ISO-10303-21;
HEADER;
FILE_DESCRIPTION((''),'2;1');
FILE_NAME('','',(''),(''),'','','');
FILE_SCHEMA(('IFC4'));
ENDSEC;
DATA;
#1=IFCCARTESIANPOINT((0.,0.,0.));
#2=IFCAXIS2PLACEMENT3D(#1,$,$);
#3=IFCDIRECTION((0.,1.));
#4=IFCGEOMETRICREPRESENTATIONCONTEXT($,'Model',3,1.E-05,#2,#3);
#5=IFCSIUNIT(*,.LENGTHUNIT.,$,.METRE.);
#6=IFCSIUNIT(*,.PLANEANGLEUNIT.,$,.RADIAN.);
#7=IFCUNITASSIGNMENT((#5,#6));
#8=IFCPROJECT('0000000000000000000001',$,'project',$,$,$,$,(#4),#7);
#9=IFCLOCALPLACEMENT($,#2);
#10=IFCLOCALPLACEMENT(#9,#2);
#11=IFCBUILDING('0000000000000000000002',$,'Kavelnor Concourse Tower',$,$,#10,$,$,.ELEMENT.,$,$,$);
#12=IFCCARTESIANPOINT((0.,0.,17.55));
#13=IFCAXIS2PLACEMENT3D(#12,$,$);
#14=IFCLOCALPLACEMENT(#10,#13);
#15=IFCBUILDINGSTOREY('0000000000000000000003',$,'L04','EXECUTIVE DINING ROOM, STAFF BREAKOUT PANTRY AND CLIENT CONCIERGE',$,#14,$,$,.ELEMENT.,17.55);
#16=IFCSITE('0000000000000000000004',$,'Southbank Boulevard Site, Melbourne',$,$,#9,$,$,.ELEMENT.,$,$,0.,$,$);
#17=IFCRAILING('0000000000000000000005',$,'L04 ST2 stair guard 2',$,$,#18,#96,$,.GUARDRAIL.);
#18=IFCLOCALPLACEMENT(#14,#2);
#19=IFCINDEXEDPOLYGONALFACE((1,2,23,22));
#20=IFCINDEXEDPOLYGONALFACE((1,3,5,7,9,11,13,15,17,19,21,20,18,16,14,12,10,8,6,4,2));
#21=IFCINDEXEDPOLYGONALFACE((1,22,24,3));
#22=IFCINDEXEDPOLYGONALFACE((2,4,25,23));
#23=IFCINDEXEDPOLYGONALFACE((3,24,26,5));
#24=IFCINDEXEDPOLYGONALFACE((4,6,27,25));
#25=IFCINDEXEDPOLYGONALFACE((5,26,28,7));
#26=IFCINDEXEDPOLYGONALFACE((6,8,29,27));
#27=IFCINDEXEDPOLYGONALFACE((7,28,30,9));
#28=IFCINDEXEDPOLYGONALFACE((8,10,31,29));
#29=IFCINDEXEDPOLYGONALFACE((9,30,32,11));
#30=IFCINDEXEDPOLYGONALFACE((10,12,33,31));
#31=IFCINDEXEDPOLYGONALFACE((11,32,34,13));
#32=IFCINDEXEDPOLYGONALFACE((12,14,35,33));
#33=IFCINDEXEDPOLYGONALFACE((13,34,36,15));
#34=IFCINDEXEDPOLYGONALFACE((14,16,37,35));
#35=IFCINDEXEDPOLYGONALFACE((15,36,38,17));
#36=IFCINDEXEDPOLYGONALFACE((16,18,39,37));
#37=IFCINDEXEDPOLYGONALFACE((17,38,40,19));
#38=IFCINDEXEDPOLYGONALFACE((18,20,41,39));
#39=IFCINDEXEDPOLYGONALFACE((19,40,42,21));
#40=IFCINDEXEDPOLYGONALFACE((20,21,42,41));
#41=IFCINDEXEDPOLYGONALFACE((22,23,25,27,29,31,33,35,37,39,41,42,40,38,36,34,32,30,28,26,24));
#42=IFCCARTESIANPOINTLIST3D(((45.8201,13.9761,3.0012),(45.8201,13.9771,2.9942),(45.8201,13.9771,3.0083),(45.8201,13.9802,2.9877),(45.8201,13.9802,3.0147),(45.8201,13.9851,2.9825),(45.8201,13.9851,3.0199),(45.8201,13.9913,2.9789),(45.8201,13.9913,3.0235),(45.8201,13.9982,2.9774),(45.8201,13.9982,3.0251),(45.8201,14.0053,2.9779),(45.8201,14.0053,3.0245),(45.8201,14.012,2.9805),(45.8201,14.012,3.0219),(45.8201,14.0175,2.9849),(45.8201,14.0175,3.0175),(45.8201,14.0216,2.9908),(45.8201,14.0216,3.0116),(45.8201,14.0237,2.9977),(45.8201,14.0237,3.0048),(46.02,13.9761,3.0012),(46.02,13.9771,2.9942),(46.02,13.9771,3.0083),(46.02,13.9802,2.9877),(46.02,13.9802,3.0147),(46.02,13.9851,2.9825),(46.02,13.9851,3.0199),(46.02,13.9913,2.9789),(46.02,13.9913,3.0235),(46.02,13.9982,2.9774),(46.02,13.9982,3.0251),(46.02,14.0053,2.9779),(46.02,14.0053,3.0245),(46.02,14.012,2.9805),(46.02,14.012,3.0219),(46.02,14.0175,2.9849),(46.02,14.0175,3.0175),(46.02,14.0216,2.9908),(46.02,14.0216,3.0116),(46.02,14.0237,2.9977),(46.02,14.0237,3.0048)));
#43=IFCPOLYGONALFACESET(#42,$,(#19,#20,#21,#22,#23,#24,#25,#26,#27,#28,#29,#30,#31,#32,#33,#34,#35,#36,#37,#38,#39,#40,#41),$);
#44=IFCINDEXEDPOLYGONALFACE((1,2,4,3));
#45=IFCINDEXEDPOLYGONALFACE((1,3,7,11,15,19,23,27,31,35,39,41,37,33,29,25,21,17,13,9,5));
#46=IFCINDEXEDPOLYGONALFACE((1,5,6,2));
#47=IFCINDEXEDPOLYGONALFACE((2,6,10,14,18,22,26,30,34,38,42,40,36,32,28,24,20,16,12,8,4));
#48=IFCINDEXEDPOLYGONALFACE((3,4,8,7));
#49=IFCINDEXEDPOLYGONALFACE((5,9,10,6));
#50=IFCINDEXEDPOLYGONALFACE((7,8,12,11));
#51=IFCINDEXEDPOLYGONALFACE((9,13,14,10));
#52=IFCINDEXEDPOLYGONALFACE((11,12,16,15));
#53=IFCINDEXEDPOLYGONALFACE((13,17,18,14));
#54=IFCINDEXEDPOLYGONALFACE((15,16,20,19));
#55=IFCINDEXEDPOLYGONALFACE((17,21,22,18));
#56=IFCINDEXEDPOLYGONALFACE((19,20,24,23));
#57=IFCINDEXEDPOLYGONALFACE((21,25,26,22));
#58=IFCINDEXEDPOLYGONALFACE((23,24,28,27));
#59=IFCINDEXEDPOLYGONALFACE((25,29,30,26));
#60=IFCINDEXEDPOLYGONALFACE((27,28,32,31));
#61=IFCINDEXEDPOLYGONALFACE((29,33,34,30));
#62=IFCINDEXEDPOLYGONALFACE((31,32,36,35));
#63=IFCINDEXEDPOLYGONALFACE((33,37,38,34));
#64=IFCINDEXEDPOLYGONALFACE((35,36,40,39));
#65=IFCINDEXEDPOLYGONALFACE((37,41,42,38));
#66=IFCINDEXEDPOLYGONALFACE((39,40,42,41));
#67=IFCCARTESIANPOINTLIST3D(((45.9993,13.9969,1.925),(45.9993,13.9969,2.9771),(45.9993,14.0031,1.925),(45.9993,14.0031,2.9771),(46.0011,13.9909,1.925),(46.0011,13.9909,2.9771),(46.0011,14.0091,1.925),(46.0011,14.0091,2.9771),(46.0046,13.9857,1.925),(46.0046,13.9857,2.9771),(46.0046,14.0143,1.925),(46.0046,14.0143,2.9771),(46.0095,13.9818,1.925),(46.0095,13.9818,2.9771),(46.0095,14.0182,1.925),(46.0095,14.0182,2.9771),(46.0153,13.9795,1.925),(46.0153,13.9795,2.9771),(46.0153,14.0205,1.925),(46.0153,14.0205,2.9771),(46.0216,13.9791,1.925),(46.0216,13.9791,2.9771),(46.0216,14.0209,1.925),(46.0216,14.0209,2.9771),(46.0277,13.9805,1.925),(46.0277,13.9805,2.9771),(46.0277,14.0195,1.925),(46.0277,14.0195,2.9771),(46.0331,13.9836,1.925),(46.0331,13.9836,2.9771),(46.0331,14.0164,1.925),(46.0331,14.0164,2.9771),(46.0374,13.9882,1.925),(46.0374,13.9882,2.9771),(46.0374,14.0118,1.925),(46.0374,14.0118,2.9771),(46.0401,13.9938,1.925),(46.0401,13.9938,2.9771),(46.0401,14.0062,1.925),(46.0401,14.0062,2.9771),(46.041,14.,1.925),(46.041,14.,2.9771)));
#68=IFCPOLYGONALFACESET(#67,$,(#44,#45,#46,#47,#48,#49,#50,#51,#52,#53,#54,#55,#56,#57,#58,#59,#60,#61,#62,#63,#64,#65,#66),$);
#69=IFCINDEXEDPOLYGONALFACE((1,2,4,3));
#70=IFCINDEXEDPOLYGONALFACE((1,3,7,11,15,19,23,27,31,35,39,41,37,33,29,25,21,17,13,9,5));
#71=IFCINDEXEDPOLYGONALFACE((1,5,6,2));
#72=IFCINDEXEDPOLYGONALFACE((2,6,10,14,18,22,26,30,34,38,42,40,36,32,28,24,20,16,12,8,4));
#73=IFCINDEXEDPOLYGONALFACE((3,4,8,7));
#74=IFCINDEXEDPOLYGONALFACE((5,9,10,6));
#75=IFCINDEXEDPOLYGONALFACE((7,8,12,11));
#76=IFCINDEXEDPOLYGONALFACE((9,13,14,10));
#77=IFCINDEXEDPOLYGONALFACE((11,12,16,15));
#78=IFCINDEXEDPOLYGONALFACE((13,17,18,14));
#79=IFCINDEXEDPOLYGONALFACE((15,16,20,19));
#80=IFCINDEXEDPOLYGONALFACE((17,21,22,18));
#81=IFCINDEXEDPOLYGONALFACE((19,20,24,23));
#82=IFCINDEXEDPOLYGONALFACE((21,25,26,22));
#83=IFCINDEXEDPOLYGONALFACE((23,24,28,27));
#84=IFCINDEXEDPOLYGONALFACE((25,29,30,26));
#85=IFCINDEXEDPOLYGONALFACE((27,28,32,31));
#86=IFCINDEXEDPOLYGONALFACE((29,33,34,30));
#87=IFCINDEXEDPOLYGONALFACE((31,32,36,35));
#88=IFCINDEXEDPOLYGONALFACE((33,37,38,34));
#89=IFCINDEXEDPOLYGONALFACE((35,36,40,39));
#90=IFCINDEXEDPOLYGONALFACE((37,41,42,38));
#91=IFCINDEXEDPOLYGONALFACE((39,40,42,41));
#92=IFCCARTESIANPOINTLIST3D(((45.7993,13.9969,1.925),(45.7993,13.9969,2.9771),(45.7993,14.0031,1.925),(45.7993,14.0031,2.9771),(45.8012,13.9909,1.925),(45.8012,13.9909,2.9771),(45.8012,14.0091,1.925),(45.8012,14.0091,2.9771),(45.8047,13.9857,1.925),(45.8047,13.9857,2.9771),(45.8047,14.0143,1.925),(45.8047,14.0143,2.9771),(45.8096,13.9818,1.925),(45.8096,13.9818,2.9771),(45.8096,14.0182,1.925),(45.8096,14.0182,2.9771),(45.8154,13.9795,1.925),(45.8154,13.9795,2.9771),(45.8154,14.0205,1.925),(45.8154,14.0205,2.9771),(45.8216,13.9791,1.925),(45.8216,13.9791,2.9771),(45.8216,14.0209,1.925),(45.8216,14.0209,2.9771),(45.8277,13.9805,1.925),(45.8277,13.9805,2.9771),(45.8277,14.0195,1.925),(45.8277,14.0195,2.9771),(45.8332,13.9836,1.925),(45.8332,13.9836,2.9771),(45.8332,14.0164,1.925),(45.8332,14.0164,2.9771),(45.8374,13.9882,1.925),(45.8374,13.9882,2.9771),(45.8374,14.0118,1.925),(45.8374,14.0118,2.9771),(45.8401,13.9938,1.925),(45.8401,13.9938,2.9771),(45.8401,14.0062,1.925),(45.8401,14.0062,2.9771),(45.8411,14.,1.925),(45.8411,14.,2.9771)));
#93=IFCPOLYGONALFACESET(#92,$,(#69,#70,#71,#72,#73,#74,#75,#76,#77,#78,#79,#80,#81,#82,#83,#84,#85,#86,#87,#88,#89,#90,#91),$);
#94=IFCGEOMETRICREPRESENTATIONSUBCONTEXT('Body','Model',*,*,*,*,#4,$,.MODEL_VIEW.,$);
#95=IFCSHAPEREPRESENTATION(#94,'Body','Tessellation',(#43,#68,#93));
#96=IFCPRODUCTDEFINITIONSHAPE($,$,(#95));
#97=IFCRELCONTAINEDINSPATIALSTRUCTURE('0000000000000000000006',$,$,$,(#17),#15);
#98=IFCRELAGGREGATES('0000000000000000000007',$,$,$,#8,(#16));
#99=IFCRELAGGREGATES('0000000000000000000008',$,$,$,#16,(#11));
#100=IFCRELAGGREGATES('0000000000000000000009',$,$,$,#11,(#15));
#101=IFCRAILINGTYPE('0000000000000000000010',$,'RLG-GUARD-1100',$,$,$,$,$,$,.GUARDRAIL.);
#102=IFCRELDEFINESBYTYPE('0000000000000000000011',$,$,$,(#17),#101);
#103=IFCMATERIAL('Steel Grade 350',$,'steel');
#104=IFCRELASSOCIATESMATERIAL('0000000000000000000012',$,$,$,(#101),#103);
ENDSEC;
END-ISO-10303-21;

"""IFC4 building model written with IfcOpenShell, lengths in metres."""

from ifc_helpers import new_model, si_unit, direction, frame, origin, origin_2d, place, context, subcontext, project, spatial, circle, extrude, material, type_object, element, save


model = new_model("IFC4")

# Units and contexts
model_context = context("Model", 3, precision=1e-05, world=origin(), true_north=direction((0.0, 1.0)))
body_context = subcontext(model_context, "Body", "Model", "MODEL_VIEW")
ifc_project = project(units=[si_unit("LENGTHUNIT", "METRE"), si_unit("PLANEANGLEUNIT", "RADIAN")], contexts=[model_context])

# Site, building, storey
site_placement = place(None, origin())
site = spatial("IfcSite", under=ifc_project, at=site_placement, Name="Southbank Boulevard Site, Melbourne", CompositionType="ELEMENT", RefElevation=0.0)
building_placement = place(site_placement, origin())
building = spatial("IfcBuilding", under=site, at=building_placement, Name="Kavelnor Concourse Tower", CompositionType="ELEMENT")
storey_placement = place(building_placement, frame((0.0, 0.0, 17.55)))
storey = spatial("IfcBuildingStorey", under=building, at=storey_placement, Name="L04", Description="EXECUTIVE DINING ROOM, STAFF BREAKOUT PANTRY AND CLIENT CONCIERGE", CompositionType="ELEMENT", Elevation=17.55)

# Shared definitions
ifc_material_1 = material(Name="Steel Grade 350", Category="steel")

# Railing
railing_type_1 = type_object("IfcRailingType", Name="RLG-GUARD-1100", PredefinedType="GUARDRAIL", material=ifc_material_1)
railing_1_placement = place(storey_placement, frame((46.02, 14.0, 1.925)))
element("IfcRailing", 1, at=railing_1_placement, inside=storey, type_object=railing_type_1, Name="L04 ST2 stair guard 2", PredefinedType="GUARDRAIL", context=body_context, shape_type="SweptSolid", body=[
    extrude(circle(Radius=0.0239, at=origin_2d()), frame((0.0, 0.0, 1.0762), z_axis=(-1.0, 0.0, 0.0), x_axis=(0.0, -1.0, 0.0)), (0.0, 0.0, 1.0), 0.2),
    extrude(circle(Radius=0.021, at=origin_2d()), origin(), (0.0, 0.0, 1.0), 1.052),
    extrude(circle(Radius=0.021, at=origin_2d()), frame((-0.2, 0.0, 0.0)), (0.0, 0.0, 1.0), 1.052),
])

save(model, "model.ifc")
